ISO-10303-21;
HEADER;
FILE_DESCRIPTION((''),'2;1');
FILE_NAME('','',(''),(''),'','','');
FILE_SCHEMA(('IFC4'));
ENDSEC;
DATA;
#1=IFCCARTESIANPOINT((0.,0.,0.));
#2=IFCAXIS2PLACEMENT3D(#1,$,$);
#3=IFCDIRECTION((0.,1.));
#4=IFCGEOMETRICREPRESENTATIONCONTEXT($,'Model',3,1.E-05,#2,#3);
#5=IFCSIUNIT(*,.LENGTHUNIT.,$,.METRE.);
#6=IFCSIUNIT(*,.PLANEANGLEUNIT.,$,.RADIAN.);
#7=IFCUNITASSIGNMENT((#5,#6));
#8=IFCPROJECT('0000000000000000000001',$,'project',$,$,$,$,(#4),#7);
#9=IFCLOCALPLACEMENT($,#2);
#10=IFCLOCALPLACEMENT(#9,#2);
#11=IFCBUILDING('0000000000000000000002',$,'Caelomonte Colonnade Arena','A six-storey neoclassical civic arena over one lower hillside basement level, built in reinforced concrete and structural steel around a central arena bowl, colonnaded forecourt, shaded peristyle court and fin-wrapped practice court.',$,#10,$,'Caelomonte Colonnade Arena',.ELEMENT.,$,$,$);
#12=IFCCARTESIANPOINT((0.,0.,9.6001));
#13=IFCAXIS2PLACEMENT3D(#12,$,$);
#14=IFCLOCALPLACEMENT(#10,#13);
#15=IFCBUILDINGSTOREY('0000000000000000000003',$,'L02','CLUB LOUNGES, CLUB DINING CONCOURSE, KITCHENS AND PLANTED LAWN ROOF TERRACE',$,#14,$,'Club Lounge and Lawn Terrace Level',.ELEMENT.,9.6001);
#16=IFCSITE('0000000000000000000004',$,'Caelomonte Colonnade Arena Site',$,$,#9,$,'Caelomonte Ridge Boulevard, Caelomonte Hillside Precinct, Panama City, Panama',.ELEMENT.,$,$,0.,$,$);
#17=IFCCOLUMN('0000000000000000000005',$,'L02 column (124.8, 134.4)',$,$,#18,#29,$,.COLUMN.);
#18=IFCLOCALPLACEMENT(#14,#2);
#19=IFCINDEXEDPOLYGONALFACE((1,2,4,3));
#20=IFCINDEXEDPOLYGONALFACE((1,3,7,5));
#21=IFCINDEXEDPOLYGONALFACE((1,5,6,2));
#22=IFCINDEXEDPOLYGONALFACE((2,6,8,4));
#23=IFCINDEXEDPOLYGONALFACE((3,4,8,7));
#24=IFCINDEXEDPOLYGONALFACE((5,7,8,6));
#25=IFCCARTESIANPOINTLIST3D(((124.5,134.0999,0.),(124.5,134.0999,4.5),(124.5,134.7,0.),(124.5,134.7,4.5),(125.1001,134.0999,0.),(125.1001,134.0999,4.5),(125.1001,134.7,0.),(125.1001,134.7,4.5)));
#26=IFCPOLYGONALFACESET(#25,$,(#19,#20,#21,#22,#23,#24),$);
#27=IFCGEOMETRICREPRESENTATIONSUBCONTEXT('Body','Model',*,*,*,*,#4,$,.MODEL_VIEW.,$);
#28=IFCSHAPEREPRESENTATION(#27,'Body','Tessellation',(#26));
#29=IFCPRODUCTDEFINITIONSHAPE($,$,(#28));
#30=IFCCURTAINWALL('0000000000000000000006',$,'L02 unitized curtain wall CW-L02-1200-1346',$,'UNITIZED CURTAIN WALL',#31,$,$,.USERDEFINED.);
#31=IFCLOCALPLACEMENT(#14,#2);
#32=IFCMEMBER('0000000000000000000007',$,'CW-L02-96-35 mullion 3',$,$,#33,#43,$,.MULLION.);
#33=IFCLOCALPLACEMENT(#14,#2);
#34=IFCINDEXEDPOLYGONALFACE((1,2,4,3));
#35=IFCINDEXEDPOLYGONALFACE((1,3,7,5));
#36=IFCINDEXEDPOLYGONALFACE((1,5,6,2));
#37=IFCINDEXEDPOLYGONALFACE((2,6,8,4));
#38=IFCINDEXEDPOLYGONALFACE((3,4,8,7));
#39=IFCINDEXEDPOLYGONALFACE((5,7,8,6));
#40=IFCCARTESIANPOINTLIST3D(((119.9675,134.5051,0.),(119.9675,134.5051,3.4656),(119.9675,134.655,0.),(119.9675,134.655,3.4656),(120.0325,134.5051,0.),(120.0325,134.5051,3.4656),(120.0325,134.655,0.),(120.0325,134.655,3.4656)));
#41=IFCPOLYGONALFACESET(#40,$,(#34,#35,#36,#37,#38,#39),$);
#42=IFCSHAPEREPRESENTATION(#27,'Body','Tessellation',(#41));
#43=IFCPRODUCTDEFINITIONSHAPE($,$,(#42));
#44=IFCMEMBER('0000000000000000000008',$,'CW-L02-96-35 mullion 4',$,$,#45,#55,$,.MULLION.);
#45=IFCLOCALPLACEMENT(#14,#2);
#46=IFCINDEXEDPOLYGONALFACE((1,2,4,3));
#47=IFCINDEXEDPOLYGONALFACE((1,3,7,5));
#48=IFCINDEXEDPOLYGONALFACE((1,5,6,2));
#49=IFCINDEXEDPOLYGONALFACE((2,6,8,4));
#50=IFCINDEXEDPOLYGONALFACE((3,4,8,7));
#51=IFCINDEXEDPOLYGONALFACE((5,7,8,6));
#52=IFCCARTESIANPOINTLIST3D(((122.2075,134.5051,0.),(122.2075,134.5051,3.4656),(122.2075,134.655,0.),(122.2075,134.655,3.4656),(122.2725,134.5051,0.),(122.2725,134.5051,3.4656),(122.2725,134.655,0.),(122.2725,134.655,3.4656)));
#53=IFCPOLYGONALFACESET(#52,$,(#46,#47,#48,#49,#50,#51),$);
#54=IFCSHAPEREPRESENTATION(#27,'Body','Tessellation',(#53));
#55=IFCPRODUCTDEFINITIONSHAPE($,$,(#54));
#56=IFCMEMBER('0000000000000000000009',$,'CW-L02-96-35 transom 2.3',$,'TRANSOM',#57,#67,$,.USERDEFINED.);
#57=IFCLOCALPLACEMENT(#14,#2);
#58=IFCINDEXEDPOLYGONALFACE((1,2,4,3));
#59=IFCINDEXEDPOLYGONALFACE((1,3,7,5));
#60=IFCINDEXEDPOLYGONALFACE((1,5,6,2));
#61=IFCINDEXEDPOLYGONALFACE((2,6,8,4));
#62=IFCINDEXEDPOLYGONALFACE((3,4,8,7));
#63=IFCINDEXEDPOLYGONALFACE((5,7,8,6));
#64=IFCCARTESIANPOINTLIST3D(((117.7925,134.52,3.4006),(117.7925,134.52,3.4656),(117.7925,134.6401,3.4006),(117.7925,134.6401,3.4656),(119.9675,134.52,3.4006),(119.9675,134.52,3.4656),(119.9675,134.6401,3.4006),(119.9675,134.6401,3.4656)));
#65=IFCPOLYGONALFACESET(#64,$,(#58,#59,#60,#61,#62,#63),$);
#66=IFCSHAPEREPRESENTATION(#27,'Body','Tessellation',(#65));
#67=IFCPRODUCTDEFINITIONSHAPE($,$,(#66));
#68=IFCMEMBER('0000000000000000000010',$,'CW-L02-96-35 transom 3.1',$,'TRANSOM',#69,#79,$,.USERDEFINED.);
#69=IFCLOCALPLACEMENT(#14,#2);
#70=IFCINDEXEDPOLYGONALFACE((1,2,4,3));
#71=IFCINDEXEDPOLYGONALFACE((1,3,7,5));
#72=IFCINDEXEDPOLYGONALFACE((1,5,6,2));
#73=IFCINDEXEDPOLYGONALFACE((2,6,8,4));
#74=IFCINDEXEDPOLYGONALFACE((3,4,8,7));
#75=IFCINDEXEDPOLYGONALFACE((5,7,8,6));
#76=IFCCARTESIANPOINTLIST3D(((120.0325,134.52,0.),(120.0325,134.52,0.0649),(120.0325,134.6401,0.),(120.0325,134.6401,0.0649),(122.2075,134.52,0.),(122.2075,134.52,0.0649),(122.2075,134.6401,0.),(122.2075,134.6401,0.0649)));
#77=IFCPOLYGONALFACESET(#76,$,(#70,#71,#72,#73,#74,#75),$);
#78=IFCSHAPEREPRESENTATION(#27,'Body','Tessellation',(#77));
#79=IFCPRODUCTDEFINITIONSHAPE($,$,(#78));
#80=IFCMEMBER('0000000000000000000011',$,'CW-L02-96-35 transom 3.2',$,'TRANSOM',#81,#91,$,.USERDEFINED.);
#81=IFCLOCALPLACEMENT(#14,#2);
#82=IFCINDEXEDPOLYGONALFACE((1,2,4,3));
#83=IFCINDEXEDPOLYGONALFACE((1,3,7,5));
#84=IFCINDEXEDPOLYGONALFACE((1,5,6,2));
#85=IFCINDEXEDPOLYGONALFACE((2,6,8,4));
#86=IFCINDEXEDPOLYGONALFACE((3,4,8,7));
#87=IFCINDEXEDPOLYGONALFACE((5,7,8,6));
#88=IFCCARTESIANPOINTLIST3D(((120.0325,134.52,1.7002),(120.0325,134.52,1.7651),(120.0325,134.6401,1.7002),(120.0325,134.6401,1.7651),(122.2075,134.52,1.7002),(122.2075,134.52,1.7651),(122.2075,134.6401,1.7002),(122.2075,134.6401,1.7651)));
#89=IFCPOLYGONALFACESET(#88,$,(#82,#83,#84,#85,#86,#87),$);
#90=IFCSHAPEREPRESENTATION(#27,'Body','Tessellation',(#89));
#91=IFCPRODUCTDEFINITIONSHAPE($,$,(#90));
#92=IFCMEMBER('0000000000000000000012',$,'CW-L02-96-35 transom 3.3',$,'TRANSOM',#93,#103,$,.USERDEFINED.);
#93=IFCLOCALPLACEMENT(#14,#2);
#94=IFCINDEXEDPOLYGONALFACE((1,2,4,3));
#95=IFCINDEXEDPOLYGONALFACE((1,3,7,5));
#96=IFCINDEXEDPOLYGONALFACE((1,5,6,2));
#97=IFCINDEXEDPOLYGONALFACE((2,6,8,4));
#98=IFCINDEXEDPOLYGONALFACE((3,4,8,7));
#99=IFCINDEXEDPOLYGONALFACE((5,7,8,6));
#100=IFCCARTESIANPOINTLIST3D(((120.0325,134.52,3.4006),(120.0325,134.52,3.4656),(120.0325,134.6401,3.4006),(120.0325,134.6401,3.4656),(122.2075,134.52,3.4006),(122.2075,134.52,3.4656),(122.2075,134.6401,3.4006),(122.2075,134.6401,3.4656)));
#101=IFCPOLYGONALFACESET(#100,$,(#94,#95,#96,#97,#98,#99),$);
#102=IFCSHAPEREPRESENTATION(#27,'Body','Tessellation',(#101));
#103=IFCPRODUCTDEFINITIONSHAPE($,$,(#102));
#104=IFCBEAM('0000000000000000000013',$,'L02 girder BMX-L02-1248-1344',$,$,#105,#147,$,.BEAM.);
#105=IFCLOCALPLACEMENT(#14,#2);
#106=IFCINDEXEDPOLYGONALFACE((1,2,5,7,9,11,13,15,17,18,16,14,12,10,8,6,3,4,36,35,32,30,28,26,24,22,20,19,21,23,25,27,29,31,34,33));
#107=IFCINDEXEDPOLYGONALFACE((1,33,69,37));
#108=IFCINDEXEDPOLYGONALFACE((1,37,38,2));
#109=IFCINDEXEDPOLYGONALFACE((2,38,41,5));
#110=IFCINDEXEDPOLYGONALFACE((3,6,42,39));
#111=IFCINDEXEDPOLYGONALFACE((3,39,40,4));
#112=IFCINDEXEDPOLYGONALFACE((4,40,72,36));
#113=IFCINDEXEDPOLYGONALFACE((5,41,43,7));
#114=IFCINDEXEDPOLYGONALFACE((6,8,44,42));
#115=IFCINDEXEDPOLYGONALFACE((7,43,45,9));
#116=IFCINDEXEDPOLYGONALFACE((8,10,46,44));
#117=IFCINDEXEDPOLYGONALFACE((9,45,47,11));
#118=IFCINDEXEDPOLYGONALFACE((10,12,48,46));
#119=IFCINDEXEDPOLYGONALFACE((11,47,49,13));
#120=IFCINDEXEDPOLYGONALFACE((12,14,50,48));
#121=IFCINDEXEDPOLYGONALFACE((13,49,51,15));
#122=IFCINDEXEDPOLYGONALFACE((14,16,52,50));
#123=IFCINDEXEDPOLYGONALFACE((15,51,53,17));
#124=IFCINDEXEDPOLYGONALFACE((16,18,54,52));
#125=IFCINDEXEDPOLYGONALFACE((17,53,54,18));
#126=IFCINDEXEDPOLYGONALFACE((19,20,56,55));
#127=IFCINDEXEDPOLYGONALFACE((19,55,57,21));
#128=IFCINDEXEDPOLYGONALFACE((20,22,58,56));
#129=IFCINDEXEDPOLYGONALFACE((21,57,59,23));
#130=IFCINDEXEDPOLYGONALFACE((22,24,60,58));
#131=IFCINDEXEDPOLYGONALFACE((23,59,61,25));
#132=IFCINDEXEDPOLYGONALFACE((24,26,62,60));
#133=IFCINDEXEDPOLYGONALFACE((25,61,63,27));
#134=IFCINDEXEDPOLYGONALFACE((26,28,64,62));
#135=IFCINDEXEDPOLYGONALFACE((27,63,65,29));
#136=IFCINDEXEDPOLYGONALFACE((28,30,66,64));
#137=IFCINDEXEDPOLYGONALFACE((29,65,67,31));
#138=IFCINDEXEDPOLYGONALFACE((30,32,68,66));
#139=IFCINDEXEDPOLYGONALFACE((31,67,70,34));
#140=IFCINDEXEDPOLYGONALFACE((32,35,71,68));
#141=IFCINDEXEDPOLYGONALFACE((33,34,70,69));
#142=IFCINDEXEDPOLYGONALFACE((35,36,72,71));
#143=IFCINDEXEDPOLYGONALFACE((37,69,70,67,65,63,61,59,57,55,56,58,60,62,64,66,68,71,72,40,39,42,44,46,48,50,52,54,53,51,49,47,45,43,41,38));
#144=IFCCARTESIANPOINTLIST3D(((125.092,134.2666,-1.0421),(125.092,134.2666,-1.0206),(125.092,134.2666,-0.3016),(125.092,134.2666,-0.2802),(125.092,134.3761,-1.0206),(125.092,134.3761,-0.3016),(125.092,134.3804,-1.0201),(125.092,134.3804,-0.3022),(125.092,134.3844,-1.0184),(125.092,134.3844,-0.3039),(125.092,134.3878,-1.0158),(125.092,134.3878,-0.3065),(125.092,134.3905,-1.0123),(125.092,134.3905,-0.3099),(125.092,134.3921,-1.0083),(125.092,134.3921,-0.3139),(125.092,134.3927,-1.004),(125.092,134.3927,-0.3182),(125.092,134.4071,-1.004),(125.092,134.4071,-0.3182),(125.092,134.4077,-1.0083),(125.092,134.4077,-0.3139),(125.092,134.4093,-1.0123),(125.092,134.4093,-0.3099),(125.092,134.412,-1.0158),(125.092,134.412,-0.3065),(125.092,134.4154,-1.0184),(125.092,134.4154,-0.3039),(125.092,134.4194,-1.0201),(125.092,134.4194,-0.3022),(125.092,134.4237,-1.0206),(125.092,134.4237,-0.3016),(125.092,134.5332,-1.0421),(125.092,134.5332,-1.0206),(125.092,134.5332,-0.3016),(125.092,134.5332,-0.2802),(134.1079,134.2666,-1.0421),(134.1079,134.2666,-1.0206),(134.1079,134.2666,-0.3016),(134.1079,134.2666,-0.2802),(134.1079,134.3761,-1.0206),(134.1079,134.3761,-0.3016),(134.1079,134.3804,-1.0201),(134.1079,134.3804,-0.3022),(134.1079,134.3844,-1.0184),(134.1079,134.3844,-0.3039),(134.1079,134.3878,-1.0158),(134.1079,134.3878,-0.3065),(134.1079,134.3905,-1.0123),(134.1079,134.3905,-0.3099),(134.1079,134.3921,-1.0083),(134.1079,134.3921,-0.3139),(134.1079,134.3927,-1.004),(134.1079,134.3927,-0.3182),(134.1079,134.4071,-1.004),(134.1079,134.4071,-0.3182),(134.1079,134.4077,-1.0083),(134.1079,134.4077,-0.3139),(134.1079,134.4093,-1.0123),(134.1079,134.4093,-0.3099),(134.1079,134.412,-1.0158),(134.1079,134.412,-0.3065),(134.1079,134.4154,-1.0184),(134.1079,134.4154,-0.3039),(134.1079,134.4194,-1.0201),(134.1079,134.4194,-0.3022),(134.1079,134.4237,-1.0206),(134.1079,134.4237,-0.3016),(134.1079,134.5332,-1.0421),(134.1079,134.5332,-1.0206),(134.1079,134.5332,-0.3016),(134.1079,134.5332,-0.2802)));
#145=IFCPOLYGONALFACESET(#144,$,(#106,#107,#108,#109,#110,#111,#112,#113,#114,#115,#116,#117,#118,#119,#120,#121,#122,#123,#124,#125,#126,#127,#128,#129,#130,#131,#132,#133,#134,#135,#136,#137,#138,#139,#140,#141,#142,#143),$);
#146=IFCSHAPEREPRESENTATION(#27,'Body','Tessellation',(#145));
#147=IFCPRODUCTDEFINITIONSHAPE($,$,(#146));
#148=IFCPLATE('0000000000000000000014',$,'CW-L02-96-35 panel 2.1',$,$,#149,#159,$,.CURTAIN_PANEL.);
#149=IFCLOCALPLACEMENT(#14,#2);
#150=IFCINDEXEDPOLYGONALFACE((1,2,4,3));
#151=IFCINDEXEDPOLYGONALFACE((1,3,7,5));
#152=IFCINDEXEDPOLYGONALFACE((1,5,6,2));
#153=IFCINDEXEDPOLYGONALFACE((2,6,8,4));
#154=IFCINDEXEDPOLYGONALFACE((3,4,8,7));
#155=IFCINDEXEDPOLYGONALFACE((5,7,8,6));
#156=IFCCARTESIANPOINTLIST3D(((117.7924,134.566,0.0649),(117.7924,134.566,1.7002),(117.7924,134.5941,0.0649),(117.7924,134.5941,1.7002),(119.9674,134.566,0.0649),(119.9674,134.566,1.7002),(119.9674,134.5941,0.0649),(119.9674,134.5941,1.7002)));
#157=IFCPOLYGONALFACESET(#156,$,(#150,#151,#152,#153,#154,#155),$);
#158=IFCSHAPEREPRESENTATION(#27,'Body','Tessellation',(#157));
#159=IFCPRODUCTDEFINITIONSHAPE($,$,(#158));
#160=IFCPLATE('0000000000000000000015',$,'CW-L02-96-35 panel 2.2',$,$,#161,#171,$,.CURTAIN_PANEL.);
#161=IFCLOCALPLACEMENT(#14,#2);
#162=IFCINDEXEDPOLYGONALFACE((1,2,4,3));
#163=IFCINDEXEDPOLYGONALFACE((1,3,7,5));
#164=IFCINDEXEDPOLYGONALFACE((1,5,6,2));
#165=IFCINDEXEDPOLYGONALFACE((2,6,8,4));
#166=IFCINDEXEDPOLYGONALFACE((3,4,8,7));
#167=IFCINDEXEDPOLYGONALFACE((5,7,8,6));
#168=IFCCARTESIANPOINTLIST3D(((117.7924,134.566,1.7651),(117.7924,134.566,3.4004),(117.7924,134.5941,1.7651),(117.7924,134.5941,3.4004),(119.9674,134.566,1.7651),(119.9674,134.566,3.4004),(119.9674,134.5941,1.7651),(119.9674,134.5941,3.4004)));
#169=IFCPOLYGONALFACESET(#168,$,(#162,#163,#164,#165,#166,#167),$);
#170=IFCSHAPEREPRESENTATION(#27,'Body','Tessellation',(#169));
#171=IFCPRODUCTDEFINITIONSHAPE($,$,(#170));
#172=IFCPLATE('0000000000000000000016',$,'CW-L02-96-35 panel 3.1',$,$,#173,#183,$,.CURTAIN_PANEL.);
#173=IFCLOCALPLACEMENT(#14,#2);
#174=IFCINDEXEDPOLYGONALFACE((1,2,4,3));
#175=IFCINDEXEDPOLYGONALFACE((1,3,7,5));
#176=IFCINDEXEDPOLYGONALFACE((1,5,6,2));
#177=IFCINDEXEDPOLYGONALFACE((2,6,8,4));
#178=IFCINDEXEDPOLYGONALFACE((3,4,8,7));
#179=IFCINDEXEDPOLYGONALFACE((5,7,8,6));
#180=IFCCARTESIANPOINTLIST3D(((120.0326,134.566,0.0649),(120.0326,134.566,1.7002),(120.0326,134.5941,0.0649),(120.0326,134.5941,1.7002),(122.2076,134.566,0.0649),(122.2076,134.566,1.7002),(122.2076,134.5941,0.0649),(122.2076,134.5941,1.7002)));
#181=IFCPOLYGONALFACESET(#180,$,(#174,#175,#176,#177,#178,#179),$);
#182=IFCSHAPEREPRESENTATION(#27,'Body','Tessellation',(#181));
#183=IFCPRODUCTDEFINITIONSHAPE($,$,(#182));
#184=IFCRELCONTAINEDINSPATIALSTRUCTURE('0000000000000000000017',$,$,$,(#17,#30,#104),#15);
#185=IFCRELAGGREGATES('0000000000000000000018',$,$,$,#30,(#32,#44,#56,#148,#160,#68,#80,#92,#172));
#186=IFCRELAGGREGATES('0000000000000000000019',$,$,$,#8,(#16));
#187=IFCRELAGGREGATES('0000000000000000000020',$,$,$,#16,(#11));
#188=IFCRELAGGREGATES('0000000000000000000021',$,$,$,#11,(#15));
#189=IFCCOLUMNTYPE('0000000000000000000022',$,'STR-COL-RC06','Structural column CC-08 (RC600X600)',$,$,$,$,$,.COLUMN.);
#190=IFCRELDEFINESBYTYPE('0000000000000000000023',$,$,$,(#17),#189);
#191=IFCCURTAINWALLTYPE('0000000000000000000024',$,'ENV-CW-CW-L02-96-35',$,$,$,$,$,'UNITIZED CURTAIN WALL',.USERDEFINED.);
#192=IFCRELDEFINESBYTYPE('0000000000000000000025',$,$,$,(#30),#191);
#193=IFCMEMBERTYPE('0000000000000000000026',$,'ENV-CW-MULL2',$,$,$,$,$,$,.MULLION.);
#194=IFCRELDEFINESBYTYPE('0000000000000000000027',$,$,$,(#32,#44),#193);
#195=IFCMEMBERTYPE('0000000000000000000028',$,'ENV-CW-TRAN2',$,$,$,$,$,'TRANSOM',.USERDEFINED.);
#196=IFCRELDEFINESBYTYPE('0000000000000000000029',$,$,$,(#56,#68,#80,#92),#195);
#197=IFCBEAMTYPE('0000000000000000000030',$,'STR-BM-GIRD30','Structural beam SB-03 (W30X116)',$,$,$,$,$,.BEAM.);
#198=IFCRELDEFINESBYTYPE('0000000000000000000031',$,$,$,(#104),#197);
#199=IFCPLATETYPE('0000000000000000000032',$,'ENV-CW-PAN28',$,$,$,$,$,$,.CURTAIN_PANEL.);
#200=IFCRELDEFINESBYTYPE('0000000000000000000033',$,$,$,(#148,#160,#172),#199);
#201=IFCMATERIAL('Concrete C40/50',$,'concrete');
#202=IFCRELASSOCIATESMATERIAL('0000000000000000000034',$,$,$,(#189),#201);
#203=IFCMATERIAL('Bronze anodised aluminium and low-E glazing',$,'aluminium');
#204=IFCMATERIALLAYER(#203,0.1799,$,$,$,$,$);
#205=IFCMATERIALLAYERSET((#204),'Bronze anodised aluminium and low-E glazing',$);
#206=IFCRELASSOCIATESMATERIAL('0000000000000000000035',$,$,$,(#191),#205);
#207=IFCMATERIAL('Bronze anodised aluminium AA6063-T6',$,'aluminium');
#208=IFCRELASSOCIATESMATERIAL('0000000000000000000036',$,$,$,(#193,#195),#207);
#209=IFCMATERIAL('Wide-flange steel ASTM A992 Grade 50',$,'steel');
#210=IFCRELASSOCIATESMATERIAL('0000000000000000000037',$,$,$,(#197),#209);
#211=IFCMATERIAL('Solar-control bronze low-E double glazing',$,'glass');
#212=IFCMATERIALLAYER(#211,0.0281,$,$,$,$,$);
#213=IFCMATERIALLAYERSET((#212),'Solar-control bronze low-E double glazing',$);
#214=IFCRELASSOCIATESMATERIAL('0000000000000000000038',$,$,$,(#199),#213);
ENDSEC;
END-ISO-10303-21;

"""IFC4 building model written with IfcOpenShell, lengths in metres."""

from ifc_helpers import new_model, si_unit, direction, frame, origin, origin_2d, place, context, subcontext, project, spatial, rectangle, i_section, extrude, material, layer, layer_set, material_profile, profile_set, type_object, element, aggregate, save


model = new_model("IFC4")

# Units and contexts
model_context = context("Model", 3, precision=1e-05, world=origin(), true_north=direction((0.0, 1.0)))
body_context = subcontext(model_context, "Body", "Model", "MODEL_VIEW")
ifc_project = project(units=[si_unit("LENGTHUNIT", "METRE"), si_unit("PLANEANGLEUNIT", "RADIAN")], contexts=[model_context])

# Site, building, storey
site_placement = place(None, origin())
site = spatial("IfcSite", under=ifc_project, at=site_placement, Name="Caelomonte Colonnade Arena Site", LongName="Caelomonte Ridge Boulevard, Caelomonte Hillside Precinct, Panama City, Panama", CompositionType="ELEMENT", RefElevation=0.0)
building_placement = place(site_placement, origin())
building = spatial("IfcBuilding", under=site, at=building_placement, Name="Caelomonte Colonnade Arena", Description="A six-storey neoclassical civic arena over one lower hillside basement level, built in reinforced concrete and structural steel around a central arena bowl, colonnaded forecourt, shaded peristyle court and fin-wrapped practice court.", LongName="Caelomonte Colonnade Arena", CompositionType="ELEMENT")
storey_placement = place(building_placement, frame((0.0, 0.0, 9.6001)))
storey = spatial("IfcBuildingStorey", under=building, at=storey_placement, Name="L02", Description="CLUB LOUNGES, CLUB DINING CONCOURSE, KITCHENS AND PLANTED LAWN ROOF TERRACE", LongName="Club Lounge and Lawn Terrace Level", CompositionType="ELEMENT", Elevation=9.6001)

# Column
ifc_material_1 = material(Name="Concrete C40/50", Category="concrete")
ifc_material_profile_1 = material_profile(ifc_material_1, rectangle(XDim=0.6001, YDim=0.6001, at=origin_2d()), Name="RC600X600")
ifc_profile_set_1 = profile_set([ifc_material_profile_1], Name="Concrete C40/50")
column_type = type_object("IfcColumnType", Name="STR-COL-RC06", Description="Structural column CC-08 (RC600X600)", PredefinedType="COLUMN", material=ifc_profile_set_1)
column_placement = place(storey_placement, frame((124.8, 134.3999, 0.0), z_axis=(0.0, 0.0, 1.0), x_axis=(1.0, 0.0, 0.0)))
element("IfcColumn", 1, at=column_placement, inside=storey, type_object=column_type, Name="L02 column (124.8, 134.4)", PredefinedType="COLUMN", context=body_context, shape_type="SweptSolid", body=[
    extrude(rectangle(XDim=0.6001, YDim=0.6001, at=origin_2d()), origin(), (0.0, 0.0, 1.0), 4.5),
])

# Curtain wall, members
ifc_material_2 = material(Name="Bronze anodised aluminium and low-E glazing", Category="aluminium")
ifc_layer_1 = layer(ifc_material_2, 0.1799)
ifc_layer_set_1 = layer_set([ifc_layer_1], Name="Bronze anodised aluminium and low-E glazing")
curtain_wall_type = type_object("IfcCurtainWallType", Name="ENV-CW-CW-L02-96-35", ElementType="UNITIZED CURTAIN WALL", PredefinedType="USERDEFINED", material=ifc_layer_set_1)
curtain_wall_placement = place(storey_placement, origin())
curtain_wall = element("IfcCurtainWall", 2, at=curtain_wall_placement, inside=storey, type_object=curtain_wall_type, Name="L02 unitized curtain wall CW-L02-1200-1346", ObjectType="UNITIZED CURTAIN WALL", PredefinedType="USERDEFINED")
ifc_material_3 = material(Name="Bronze anodised aluminium AA6063-T6", Category="aluminium")
ifc_material_profile_2 = material_profile(ifc_material_3, rectangle(XDim=0.0649, YDim=0.1499, at=origin_2d()), Name="CWM-65X150")
ifc_profile_set_2 = profile_set([ifc_material_profile_2], Name="Bronze anodised aluminium AA6063-T6")
member_type_1 = type_object("IfcMemberType", Name="ENV-CW-MULL2", PredefinedType="MULLION", material=ifc_profile_set_2)
member_1_placement = place(storey_placement, frame((120.0, 134.5801, 0.0), z_axis=(0.0, 0.0, 1.0), x_axis=(1.0, 0.0, 0.0)))
member_1 = element("IfcMember", 3, at=member_1_placement, type_object=member_type_1, Name="CW-L02-96-35 mullion 3", PredefinedType="MULLION", context=body_context, shape_type="SweptSolid", body=[
    extrude(rectangle(XDim=0.0649, YDim=0.1499, at=origin_2d()), origin(), (0.0, 0.0, 1.0), 3.4656),
])
member_2_placement = place(storey_placement, frame((122.24, 134.5801, 0.0), z_axis=(0.0, 0.0, 1.0), x_axis=(1.0, 0.0, 0.0)))
member_2 = element("IfcMember", 4, at=member_2_placement, type_object=member_type_1, Name="CW-L02-96-35 mullion 4", PredefinedType="MULLION", context=body_context, shape_type="SweptSolid", body=[
    extrude(rectangle(XDim=0.0649, YDim=0.1499, at=origin_2d()), origin(), (0.0, 0.0, 1.0), 3.4656),
])
ifc_material_profile_3 = material_profile(ifc_material_3, rectangle(XDim=0.0649, YDim=0.1201, at=origin_2d()), Name="CWT-65X120")
ifc_profile_set_3 = profile_set([ifc_material_profile_3], Name="Bronze anodised aluminium AA6063-T6")
member_type_2 = type_object("IfcMemberType", Name="ENV-CW-TRAN2", ElementType="TRANSOM", PredefinedType="USERDEFINED", material=ifc_profile_set_3)
member_3_placement = place(storey_placement, frame((117.7925, 134.5801, 3.4331), z_axis=(1.0, 0.0, 0.0), x_axis=(0.0, 0.0, 1.0)))
member_3 = element("IfcMember", 5, at=member_3_placement, type_object=member_type_2, Name="CW-L02-96-35 transom 2.3", ObjectType="TRANSOM", PredefinedType="USERDEFINED", context=body_context, shape_type="SweptSolid", body=[
    extrude(rectangle(XDim=0.0649, YDim=0.1201, at=origin_2d()), origin(), (0.0, 0.0, 1.0), 2.175),
])
member_4_placement = place(storey_placement, frame((120.0325, 134.5801, 0.0325), z_axis=(1.0, 0.0, 0.0), x_axis=(0.0, 0.0, 1.0)))
member_4 = element("IfcMember", 6, at=member_4_placement, type_object=member_type_2, Name="CW-L02-96-35 transom 3.1", ObjectType="TRANSOM", PredefinedType="USERDEFINED", context=body_context, shape_type="SweptSolid", body=[
    extrude(rectangle(XDim=0.0649, YDim=0.1201, at=origin_2d()), origin(), (0.0, 0.0, 1.0), 2.175),
])
member_5_placement = place(storey_placement, frame((120.0325, 134.5801, 1.7327), z_axis=(1.0, 0.0, 0.0), x_axis=(0.0, 0.0, 1.0)))
member_5 = element("IfcMember", 7, at=member_5_placement, type_object=member_type_2, Name="CW-L02-96-35 transom 3.2", ObjectType="TRANSOM", PredefinedType="USERDEFINED", context=body_context, shape_type="SweptSolid", body=[
    extrude(rectangle(XDim=0.0649, YDim=0.1201, at=origin_2d()), origin(), (0.0, 0.0, 1.0), 2.175),
])
member_6_placement = place(storey_placement, frame((120.0325, 134.5801, 3.4331), z_axis=(1.0, 0.0, 0.0), x_axis=(0.0, 0.0, 1.0)))
member_6 = element("IfcMember", 8, at=member_6_placement, type_object=member_type_2, Name="CW-L02-96-35 transom 3.3", ObjectType="TRANSOM", PredefinedType="USERDEFINED", context=body_context, shape_type="SweptSolid", body=[
    extrude(rectangle(XDim=0.0649, YDim=0.1201, at=origin_2d()), origin(), (0.0, 0.0, 1.0), 2.175),
])

# Beam
ifc_material_4 = material(Name="Wide-flange steel ASTM A992 Grade 50", Category="steel")
ifc_material_profile_4 = material_profile(ifc_material_4, i_section(OverallWidth=0.2666, OverallDepth=0.762, WebThickness=0.0144, FlangeThickness=0.0215, FilletRadius=0.0166, at=origin_2d()), Name="W30X116")
ifc_profile_set_4 = profile_set([ifc_material_profile_4], Name="Wide-flange steel ASTM A992 Grade 50")
beam_type = type_object("IfcBeamType", Name="STR-BM-GIRD30", Description="Structural beam SB-03 (W30X116)", PredefinedType="BEAM", material=ifc_profile_set_4)
beam_placement = place(storey_placement, frame((125.092, 134.3999, -0.6611), z_axis=(1.0, 0.0, 0.0), x_axis=(0.0, 1.0, 0.0)))
element("IfcBeam", 9, at=beam_placement, inside=storey, type_object=beam_type, Name="L02 girder BMX-L02-1248-1344", PredefinedType="BEAM", context=body_context, shape_type="SweptSolid", body=[
    extrude(i_section(OverallWidth=0.2666, OverallDepth=0.762, WebThickness=0.0144, FlangeThickness=0.0215, FilletRadius=0.0166, at=origin_2d()), origin(), (0.0, 0.0, 1.0), 9.0159),
])

# Plates
ifc_material_5 = material(Name="Solar-control bronze low-E double glazing", Category="glass")
ifc_layer_2 = layer(ifc_material_5, 0.0281)
ifc_layer_set_2 = layer_set([ifc_layer_2], Name="Solar-control bronze low-E double glazing")
plate_type = type_object("IfcPlateType", Name="ENV-CW-PAN28", PredefinedType="CURTAIN_PANEL", material=ifc_layer_set_2)
plate_1_placement = place(storey_placement, frame((118.8799, 134.5801, 0.0649), z_axis=(0.0, 0.0, 1.0), x_axis=(1.0, 0.0, 0.0)))
plate_1 = element("IfcPlate", 10, at=plate_1_placement, type_object=plate_type, Name="CW-L02-96-35 panel 2.1", PredefinedType="CURTAIN_PANEL", context=body_context, shape_type="SweptSolid", body=[
    extrude(rectangle(XDim=2.175, YDim=0.0281, at=origin_2d()), origin(), (0.0, 0.0, 1.0), 1.6353),
])
plate_2_placement = place(storey_placement, frame((118.8799, 134.5801, 1.7651), z_axis=(0.0, 0.0, 1.0), x_axis=(1.0, 0.0, 0.0)))
plate_2 = element("IfcPlate", 11, at=plate_2_placement, type_object=plate_type, Name="CW-L02-96-35 panel 2.2", PredefinedType="CURTAIN_PANEL", context=body_context, shape_type="SweptSolid", body=[
    extrude(rectangle(XDim=2.175, YDim=0.0281, at=origin_2d()), origin(), (0.0, 0.0, 1.0), 1.6353),
])
plate_3_placement = place(storey_placement, frame((121.1201, 134.5801, 0.0649), z_axis=(0.0, 0.0, 1.0), x_axis=(1.0, 0.0, 0.0)))
plate_3 = element("IfcPlate", 12, at=plate_3_placement, type_object=plate_type, Name="CW-L02-96-35 panel 3.1", PredefinedType="CURTAIN_PANEL", context=body_context, shape_type="SweptSolid", body=[
    extrude(rectangle(XDim=2.175, YDim=0.0281, at=origin_2d()), origin(), (0.0, 0.0, 1.0), 1.6353),
])
aggregate(curtain_wall, [member_1, member_2, member_3, plate_1, plate_2, member_4, member_5, member_6, plate_3])

save(model, "model.ifc")
